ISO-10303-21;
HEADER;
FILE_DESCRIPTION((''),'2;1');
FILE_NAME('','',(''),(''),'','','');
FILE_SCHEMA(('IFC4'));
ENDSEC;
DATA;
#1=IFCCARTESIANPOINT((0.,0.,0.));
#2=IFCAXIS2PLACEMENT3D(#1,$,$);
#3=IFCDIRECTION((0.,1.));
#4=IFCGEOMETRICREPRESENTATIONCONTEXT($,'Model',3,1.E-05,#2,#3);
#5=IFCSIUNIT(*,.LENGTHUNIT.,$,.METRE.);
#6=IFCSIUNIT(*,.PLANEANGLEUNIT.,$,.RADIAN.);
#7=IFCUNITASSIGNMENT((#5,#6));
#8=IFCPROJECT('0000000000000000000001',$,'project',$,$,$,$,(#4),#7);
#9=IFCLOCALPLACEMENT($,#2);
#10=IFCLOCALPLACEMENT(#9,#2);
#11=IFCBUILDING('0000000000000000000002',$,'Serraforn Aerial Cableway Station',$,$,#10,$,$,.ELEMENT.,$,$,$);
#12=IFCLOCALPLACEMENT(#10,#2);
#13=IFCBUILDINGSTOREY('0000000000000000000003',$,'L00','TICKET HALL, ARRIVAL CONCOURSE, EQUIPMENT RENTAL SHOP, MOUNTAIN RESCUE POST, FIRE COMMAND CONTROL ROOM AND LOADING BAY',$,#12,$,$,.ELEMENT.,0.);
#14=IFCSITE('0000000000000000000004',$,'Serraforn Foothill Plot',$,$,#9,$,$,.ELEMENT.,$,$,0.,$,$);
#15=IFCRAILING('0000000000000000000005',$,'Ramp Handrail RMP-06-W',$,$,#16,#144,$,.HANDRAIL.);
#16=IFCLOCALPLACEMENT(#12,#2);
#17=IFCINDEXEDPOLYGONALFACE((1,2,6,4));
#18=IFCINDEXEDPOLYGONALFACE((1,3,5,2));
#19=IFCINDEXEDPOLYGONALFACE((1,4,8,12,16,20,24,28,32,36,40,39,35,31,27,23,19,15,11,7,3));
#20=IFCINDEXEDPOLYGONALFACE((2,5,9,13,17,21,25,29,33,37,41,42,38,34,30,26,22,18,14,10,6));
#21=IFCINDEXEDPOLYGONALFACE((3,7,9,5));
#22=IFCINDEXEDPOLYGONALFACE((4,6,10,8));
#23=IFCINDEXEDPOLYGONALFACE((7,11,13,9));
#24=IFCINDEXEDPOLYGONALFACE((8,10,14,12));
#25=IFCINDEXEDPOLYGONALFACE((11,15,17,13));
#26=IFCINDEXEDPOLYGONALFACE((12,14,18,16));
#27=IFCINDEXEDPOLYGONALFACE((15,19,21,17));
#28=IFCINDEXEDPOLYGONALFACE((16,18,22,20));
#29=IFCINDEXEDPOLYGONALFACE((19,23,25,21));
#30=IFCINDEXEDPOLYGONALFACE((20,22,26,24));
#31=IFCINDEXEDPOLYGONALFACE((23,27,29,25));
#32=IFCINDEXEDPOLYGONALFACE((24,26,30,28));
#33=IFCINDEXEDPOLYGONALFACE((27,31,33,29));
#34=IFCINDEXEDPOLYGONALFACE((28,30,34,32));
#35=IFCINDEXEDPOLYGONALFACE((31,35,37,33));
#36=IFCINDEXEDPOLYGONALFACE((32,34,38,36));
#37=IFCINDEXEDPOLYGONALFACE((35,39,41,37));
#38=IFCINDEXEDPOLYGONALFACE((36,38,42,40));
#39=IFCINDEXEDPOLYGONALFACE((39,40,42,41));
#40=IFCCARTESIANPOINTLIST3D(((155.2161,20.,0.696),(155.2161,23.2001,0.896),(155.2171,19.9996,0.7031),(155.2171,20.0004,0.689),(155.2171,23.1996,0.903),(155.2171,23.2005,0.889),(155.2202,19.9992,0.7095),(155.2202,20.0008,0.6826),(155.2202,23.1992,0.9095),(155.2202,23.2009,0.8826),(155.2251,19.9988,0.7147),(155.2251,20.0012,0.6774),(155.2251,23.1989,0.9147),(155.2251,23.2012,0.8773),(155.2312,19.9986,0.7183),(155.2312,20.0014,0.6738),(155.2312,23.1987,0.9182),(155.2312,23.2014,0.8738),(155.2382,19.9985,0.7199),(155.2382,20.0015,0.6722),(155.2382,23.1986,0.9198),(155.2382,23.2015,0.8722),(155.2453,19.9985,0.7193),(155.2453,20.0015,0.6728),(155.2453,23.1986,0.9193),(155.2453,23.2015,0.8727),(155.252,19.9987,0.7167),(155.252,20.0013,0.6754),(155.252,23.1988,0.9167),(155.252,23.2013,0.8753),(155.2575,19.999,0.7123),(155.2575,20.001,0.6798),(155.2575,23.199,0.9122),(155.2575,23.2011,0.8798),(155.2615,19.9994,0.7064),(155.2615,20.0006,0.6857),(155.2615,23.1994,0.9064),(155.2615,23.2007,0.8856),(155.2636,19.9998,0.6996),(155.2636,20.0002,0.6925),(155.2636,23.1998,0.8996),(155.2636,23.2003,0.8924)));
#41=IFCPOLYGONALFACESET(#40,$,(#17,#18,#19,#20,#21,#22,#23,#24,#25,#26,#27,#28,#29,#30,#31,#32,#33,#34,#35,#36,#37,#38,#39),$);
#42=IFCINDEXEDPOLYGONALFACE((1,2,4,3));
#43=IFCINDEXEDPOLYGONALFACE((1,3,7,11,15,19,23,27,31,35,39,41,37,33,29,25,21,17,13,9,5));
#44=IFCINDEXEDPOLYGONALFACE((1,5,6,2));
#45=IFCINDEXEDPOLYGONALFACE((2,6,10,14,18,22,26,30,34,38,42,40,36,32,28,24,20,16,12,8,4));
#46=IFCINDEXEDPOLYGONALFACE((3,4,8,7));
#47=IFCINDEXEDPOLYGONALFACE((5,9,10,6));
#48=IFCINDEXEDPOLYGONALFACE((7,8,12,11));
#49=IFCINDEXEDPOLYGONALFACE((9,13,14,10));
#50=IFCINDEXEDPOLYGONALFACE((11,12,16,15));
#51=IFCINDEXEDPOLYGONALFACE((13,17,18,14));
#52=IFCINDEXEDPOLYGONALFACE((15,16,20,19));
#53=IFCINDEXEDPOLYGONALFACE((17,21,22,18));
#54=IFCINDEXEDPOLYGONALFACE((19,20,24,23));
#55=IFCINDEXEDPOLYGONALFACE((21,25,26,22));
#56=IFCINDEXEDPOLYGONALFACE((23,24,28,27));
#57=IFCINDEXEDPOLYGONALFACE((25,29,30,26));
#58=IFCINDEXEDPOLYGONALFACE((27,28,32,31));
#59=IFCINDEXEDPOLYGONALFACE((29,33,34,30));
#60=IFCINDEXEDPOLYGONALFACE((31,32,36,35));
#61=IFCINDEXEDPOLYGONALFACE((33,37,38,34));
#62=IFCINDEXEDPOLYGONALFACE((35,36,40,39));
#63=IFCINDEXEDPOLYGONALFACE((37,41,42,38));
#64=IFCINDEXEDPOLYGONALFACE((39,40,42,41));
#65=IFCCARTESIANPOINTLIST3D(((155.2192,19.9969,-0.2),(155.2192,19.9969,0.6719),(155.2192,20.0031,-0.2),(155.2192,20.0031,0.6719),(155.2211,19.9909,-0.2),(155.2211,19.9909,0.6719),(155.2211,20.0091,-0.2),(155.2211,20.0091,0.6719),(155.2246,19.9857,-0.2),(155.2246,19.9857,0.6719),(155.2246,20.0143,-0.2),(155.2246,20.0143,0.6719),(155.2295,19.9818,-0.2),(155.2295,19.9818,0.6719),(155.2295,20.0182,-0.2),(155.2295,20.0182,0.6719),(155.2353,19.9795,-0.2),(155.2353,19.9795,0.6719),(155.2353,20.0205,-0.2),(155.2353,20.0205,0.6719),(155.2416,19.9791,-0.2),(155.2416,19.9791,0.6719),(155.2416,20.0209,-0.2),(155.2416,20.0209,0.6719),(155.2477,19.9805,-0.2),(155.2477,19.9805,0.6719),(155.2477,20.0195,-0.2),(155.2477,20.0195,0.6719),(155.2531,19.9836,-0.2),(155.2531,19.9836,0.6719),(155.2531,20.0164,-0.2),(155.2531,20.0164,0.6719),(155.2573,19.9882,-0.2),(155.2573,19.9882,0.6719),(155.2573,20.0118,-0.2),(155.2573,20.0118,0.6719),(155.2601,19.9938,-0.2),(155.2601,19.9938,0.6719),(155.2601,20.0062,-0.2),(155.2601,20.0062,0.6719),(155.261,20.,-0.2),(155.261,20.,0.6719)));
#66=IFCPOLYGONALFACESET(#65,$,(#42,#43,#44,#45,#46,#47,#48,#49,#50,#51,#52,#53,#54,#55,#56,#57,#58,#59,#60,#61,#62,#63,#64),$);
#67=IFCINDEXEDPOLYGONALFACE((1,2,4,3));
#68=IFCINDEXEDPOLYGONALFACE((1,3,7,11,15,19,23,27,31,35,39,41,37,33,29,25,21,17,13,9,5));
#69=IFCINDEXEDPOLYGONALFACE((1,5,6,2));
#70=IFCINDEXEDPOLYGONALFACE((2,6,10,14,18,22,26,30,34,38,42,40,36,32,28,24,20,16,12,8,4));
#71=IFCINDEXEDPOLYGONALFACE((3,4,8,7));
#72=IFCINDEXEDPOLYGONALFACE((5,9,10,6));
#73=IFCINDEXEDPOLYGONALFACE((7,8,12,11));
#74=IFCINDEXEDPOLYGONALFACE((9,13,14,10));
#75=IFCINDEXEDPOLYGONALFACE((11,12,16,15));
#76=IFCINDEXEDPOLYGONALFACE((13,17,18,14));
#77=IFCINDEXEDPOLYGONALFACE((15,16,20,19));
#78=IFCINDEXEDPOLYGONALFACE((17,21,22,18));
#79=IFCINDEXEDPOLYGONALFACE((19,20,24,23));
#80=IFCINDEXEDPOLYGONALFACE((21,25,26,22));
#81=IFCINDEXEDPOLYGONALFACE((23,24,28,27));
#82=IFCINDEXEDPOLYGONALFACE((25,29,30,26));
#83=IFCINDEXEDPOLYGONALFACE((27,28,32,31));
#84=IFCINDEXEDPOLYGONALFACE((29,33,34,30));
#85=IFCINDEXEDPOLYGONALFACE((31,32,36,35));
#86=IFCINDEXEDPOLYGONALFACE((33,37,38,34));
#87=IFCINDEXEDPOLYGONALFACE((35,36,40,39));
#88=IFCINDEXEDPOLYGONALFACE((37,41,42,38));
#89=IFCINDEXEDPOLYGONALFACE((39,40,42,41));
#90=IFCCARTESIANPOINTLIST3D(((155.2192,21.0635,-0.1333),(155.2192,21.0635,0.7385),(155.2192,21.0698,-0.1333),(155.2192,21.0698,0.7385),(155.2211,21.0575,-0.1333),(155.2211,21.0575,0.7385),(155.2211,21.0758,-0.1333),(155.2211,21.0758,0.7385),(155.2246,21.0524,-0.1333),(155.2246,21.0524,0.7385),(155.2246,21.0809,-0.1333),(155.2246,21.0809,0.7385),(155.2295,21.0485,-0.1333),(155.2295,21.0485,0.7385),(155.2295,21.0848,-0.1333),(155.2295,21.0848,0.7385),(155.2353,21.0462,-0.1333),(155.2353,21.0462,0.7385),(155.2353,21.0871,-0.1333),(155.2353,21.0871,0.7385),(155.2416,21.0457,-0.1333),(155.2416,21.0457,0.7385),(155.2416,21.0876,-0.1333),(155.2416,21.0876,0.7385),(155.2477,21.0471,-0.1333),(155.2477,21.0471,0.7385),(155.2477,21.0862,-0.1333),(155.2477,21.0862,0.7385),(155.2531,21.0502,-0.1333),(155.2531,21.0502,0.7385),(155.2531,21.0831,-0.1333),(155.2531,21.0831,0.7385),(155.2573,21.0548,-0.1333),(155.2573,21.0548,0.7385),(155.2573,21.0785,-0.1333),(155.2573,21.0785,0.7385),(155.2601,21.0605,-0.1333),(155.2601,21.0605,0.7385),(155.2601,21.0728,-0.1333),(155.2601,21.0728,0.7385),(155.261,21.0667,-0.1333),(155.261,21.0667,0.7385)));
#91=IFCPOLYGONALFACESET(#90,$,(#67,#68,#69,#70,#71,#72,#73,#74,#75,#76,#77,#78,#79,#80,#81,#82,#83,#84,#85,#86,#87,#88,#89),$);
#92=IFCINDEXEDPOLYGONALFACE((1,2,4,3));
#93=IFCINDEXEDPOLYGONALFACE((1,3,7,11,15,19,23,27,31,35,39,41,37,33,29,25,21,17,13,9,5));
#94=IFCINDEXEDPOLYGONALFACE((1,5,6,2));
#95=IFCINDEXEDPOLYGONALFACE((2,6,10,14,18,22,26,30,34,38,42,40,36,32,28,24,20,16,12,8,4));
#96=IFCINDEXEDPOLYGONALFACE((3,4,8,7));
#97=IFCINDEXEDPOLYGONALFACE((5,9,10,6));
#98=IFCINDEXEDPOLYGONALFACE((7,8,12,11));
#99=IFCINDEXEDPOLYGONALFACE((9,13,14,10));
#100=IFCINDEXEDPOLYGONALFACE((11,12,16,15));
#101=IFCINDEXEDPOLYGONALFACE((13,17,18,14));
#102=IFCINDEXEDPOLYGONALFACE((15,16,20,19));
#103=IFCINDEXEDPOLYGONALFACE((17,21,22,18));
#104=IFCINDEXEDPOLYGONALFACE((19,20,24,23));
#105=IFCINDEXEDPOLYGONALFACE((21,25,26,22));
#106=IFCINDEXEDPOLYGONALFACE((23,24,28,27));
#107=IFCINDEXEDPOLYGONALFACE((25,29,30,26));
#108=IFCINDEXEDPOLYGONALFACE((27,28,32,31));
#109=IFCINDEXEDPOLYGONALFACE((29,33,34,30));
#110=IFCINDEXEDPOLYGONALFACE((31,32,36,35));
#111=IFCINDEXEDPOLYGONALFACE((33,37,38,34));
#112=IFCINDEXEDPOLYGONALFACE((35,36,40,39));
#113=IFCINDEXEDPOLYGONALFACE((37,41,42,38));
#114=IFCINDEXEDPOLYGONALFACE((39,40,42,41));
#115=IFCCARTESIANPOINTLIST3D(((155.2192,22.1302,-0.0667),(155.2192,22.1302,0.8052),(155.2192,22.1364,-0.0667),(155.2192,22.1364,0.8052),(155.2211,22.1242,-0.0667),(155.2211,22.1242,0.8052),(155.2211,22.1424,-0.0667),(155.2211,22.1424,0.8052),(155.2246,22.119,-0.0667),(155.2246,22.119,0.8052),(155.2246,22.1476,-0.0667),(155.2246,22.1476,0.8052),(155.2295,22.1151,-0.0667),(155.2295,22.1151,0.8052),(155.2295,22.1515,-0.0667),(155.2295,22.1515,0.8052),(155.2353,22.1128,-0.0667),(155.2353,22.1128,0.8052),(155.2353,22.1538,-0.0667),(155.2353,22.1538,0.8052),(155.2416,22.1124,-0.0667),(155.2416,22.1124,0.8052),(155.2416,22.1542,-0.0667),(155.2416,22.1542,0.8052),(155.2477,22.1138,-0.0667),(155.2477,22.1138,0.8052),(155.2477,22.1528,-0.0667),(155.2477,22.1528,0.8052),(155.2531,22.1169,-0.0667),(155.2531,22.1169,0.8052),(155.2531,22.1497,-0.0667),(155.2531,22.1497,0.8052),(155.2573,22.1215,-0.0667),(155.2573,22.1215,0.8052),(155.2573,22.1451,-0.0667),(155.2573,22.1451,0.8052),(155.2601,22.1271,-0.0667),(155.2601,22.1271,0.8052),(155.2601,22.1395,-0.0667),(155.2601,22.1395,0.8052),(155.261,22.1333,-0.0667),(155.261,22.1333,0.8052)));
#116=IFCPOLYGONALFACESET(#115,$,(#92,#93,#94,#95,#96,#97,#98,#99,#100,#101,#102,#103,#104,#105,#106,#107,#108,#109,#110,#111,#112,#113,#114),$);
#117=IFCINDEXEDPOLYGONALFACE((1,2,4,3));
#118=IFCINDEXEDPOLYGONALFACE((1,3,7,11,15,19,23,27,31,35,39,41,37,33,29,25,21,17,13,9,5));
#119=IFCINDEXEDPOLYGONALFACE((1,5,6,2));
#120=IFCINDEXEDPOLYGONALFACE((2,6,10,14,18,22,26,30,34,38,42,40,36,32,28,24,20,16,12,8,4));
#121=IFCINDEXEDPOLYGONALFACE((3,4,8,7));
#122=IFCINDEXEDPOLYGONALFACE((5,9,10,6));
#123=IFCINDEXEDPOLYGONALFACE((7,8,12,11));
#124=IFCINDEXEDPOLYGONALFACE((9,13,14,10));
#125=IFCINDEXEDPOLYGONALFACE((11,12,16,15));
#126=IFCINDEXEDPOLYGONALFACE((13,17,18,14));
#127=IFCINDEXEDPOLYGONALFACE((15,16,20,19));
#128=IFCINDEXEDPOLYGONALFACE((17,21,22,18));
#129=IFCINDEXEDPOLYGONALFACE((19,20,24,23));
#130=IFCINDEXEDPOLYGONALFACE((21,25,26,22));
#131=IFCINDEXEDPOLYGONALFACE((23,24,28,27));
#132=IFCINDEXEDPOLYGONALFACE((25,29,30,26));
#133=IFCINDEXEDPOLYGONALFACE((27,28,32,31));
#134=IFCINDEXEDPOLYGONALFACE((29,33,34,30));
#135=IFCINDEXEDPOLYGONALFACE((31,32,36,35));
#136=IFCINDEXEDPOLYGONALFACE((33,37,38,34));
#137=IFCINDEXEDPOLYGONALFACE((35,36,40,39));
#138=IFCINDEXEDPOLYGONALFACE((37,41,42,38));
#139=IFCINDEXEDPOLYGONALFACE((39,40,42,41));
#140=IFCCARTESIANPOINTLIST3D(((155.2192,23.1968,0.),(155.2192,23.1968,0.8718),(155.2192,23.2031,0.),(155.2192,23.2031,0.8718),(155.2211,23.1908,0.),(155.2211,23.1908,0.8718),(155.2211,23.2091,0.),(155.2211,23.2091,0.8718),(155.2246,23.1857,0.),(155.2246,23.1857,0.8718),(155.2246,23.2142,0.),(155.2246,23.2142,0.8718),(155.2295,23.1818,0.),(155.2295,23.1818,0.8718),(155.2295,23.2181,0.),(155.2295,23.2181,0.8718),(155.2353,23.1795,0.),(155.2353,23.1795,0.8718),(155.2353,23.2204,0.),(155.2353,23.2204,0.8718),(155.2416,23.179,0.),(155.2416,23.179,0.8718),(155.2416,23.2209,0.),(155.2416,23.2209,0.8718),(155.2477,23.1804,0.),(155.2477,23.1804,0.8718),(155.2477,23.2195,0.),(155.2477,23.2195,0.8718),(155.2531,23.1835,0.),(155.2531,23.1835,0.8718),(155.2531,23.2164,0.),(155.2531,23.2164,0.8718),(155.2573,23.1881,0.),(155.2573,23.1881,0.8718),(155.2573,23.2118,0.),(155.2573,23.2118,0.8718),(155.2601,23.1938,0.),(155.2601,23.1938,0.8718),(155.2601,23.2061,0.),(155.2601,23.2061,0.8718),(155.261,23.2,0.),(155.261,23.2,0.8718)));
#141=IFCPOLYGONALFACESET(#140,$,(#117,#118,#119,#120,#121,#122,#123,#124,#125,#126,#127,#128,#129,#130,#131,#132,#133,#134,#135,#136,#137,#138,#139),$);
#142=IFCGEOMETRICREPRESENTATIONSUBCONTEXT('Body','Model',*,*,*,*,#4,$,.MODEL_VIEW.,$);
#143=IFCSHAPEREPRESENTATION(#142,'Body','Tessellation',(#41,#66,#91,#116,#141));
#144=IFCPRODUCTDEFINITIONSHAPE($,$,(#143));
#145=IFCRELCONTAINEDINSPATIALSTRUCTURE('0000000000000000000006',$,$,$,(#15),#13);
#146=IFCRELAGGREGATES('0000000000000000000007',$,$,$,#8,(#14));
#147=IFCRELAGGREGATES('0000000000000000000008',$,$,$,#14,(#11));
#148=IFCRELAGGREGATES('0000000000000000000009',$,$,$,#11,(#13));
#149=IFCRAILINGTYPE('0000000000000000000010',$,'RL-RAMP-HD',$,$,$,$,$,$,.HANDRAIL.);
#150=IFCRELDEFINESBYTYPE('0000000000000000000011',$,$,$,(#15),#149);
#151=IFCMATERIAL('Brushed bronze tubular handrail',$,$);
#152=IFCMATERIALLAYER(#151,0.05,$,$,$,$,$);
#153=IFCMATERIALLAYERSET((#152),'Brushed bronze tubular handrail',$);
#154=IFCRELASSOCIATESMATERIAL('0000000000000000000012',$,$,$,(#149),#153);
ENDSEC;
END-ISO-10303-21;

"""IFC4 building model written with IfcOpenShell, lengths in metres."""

from ifc_helpers import new_model, si_unit, direction, frame, origin, origin_2d, place, context, subcontext, project, spatial, circle, extrude, material, layer, layer_set, type_object, element, save


model = new_model("IFC4")

# Units and contexts
model_context = context("Model", 3, precision=1e-05, world=origin(), true_north=direction((0.0, 1.0)))
body_context = subcontext(model_context, "Body", "Model", "MODEL_VIEW")
ifc_project = project(units=[si_unit("LENGTHUNIT", "METRE"), si_unit("PLANEANGLEUNIT", "RADIAN")], contexts=[model_context])

# Site, building, storey
site_placement = place(None, origin())
site = spatial("IfcSite", under=ifc_project, at=site_placement, Name="Serraforn Foothill Plot", CompositionType="ELEMENT", RefElevation=0.0)
building_placement = place(site_placement, origin())
building = spatial("IfcBuilding", under=site, at=building_placement, Name="Serraforn Aerial Cableway Station", CompositionType="ELEMENT")
storey_placement = place(building_placement, origin())
storey = spatial("IfcBuildingStorey", under=building, at=storey_placement, Name="L00", Description="TICKET HALL, ARRIVAL CONCOURSE, EQUIPMENT RENTAL SHOP, MOUNTAIN RESCUE POST, FIRE COMMAND CONTROL ROOM AND LOADING BAY", CompositionType="ELEMENT", Elevation=0.0)

# Railing
ifc_material_1 = material(Name="Brushed bronze tubular handrail")
ifc_layer_1 = layer(ifc_material_1, 0.05)
ifc_layer_set_1 = layer_set([ifc_layer_1], Name="Brushed bronze tubular handrail")
railing_type = type_object("IfcRailingType", Name="RL-RAMP-HD", PredefinedType="HANDRAIL", material=ifc_layer_set_1)
for number, where, name in (
    (1, (155.24, 20.0, -0.2), "Ramp Handrail RMP-06-W"),
):
    element("IfcRailing", number, at=place(storey_placement, frame(where)), inside=storey, type_object=railing_type, Name=name, PredefinedType="HANDRAIL", context=body_context, shape_type="SweptSolid", body=[
        extrude(circle(Radius=0.0239, at=origin_2d()), frame((0.0, 0.0, 0.896), z_axis=(0.0, 0.998053, 0.062364), x_axis=(-1.0, 0.0, 0.0)), (0.0, 0.0, 1.0), 3.2063),
        extrude(circle(Radius=0.021, at=origin_2d()), origin(), (0.0, 0.0, 1.0), 0.8718),
        extrude(circle(Radius=0.021, at=origin_2d()), frame((0.0, 1.0667, 0.0667)), (0.0, 0.0, 1.0), 0.8718),
        extrude(circle(Radius=0.021, at=origin_2d()), frame((0.0, 2.1333, 0.1333)), (0.0, 0.0, 1.0), 0.8718),
        extrude(circle(Radius=0.021, at=origin_2d()), frame((0.0, 3.2, 0.2)), (0.0, 0.0, 1.0), 0.8718),
    ])

save(model, "model.ifc")
